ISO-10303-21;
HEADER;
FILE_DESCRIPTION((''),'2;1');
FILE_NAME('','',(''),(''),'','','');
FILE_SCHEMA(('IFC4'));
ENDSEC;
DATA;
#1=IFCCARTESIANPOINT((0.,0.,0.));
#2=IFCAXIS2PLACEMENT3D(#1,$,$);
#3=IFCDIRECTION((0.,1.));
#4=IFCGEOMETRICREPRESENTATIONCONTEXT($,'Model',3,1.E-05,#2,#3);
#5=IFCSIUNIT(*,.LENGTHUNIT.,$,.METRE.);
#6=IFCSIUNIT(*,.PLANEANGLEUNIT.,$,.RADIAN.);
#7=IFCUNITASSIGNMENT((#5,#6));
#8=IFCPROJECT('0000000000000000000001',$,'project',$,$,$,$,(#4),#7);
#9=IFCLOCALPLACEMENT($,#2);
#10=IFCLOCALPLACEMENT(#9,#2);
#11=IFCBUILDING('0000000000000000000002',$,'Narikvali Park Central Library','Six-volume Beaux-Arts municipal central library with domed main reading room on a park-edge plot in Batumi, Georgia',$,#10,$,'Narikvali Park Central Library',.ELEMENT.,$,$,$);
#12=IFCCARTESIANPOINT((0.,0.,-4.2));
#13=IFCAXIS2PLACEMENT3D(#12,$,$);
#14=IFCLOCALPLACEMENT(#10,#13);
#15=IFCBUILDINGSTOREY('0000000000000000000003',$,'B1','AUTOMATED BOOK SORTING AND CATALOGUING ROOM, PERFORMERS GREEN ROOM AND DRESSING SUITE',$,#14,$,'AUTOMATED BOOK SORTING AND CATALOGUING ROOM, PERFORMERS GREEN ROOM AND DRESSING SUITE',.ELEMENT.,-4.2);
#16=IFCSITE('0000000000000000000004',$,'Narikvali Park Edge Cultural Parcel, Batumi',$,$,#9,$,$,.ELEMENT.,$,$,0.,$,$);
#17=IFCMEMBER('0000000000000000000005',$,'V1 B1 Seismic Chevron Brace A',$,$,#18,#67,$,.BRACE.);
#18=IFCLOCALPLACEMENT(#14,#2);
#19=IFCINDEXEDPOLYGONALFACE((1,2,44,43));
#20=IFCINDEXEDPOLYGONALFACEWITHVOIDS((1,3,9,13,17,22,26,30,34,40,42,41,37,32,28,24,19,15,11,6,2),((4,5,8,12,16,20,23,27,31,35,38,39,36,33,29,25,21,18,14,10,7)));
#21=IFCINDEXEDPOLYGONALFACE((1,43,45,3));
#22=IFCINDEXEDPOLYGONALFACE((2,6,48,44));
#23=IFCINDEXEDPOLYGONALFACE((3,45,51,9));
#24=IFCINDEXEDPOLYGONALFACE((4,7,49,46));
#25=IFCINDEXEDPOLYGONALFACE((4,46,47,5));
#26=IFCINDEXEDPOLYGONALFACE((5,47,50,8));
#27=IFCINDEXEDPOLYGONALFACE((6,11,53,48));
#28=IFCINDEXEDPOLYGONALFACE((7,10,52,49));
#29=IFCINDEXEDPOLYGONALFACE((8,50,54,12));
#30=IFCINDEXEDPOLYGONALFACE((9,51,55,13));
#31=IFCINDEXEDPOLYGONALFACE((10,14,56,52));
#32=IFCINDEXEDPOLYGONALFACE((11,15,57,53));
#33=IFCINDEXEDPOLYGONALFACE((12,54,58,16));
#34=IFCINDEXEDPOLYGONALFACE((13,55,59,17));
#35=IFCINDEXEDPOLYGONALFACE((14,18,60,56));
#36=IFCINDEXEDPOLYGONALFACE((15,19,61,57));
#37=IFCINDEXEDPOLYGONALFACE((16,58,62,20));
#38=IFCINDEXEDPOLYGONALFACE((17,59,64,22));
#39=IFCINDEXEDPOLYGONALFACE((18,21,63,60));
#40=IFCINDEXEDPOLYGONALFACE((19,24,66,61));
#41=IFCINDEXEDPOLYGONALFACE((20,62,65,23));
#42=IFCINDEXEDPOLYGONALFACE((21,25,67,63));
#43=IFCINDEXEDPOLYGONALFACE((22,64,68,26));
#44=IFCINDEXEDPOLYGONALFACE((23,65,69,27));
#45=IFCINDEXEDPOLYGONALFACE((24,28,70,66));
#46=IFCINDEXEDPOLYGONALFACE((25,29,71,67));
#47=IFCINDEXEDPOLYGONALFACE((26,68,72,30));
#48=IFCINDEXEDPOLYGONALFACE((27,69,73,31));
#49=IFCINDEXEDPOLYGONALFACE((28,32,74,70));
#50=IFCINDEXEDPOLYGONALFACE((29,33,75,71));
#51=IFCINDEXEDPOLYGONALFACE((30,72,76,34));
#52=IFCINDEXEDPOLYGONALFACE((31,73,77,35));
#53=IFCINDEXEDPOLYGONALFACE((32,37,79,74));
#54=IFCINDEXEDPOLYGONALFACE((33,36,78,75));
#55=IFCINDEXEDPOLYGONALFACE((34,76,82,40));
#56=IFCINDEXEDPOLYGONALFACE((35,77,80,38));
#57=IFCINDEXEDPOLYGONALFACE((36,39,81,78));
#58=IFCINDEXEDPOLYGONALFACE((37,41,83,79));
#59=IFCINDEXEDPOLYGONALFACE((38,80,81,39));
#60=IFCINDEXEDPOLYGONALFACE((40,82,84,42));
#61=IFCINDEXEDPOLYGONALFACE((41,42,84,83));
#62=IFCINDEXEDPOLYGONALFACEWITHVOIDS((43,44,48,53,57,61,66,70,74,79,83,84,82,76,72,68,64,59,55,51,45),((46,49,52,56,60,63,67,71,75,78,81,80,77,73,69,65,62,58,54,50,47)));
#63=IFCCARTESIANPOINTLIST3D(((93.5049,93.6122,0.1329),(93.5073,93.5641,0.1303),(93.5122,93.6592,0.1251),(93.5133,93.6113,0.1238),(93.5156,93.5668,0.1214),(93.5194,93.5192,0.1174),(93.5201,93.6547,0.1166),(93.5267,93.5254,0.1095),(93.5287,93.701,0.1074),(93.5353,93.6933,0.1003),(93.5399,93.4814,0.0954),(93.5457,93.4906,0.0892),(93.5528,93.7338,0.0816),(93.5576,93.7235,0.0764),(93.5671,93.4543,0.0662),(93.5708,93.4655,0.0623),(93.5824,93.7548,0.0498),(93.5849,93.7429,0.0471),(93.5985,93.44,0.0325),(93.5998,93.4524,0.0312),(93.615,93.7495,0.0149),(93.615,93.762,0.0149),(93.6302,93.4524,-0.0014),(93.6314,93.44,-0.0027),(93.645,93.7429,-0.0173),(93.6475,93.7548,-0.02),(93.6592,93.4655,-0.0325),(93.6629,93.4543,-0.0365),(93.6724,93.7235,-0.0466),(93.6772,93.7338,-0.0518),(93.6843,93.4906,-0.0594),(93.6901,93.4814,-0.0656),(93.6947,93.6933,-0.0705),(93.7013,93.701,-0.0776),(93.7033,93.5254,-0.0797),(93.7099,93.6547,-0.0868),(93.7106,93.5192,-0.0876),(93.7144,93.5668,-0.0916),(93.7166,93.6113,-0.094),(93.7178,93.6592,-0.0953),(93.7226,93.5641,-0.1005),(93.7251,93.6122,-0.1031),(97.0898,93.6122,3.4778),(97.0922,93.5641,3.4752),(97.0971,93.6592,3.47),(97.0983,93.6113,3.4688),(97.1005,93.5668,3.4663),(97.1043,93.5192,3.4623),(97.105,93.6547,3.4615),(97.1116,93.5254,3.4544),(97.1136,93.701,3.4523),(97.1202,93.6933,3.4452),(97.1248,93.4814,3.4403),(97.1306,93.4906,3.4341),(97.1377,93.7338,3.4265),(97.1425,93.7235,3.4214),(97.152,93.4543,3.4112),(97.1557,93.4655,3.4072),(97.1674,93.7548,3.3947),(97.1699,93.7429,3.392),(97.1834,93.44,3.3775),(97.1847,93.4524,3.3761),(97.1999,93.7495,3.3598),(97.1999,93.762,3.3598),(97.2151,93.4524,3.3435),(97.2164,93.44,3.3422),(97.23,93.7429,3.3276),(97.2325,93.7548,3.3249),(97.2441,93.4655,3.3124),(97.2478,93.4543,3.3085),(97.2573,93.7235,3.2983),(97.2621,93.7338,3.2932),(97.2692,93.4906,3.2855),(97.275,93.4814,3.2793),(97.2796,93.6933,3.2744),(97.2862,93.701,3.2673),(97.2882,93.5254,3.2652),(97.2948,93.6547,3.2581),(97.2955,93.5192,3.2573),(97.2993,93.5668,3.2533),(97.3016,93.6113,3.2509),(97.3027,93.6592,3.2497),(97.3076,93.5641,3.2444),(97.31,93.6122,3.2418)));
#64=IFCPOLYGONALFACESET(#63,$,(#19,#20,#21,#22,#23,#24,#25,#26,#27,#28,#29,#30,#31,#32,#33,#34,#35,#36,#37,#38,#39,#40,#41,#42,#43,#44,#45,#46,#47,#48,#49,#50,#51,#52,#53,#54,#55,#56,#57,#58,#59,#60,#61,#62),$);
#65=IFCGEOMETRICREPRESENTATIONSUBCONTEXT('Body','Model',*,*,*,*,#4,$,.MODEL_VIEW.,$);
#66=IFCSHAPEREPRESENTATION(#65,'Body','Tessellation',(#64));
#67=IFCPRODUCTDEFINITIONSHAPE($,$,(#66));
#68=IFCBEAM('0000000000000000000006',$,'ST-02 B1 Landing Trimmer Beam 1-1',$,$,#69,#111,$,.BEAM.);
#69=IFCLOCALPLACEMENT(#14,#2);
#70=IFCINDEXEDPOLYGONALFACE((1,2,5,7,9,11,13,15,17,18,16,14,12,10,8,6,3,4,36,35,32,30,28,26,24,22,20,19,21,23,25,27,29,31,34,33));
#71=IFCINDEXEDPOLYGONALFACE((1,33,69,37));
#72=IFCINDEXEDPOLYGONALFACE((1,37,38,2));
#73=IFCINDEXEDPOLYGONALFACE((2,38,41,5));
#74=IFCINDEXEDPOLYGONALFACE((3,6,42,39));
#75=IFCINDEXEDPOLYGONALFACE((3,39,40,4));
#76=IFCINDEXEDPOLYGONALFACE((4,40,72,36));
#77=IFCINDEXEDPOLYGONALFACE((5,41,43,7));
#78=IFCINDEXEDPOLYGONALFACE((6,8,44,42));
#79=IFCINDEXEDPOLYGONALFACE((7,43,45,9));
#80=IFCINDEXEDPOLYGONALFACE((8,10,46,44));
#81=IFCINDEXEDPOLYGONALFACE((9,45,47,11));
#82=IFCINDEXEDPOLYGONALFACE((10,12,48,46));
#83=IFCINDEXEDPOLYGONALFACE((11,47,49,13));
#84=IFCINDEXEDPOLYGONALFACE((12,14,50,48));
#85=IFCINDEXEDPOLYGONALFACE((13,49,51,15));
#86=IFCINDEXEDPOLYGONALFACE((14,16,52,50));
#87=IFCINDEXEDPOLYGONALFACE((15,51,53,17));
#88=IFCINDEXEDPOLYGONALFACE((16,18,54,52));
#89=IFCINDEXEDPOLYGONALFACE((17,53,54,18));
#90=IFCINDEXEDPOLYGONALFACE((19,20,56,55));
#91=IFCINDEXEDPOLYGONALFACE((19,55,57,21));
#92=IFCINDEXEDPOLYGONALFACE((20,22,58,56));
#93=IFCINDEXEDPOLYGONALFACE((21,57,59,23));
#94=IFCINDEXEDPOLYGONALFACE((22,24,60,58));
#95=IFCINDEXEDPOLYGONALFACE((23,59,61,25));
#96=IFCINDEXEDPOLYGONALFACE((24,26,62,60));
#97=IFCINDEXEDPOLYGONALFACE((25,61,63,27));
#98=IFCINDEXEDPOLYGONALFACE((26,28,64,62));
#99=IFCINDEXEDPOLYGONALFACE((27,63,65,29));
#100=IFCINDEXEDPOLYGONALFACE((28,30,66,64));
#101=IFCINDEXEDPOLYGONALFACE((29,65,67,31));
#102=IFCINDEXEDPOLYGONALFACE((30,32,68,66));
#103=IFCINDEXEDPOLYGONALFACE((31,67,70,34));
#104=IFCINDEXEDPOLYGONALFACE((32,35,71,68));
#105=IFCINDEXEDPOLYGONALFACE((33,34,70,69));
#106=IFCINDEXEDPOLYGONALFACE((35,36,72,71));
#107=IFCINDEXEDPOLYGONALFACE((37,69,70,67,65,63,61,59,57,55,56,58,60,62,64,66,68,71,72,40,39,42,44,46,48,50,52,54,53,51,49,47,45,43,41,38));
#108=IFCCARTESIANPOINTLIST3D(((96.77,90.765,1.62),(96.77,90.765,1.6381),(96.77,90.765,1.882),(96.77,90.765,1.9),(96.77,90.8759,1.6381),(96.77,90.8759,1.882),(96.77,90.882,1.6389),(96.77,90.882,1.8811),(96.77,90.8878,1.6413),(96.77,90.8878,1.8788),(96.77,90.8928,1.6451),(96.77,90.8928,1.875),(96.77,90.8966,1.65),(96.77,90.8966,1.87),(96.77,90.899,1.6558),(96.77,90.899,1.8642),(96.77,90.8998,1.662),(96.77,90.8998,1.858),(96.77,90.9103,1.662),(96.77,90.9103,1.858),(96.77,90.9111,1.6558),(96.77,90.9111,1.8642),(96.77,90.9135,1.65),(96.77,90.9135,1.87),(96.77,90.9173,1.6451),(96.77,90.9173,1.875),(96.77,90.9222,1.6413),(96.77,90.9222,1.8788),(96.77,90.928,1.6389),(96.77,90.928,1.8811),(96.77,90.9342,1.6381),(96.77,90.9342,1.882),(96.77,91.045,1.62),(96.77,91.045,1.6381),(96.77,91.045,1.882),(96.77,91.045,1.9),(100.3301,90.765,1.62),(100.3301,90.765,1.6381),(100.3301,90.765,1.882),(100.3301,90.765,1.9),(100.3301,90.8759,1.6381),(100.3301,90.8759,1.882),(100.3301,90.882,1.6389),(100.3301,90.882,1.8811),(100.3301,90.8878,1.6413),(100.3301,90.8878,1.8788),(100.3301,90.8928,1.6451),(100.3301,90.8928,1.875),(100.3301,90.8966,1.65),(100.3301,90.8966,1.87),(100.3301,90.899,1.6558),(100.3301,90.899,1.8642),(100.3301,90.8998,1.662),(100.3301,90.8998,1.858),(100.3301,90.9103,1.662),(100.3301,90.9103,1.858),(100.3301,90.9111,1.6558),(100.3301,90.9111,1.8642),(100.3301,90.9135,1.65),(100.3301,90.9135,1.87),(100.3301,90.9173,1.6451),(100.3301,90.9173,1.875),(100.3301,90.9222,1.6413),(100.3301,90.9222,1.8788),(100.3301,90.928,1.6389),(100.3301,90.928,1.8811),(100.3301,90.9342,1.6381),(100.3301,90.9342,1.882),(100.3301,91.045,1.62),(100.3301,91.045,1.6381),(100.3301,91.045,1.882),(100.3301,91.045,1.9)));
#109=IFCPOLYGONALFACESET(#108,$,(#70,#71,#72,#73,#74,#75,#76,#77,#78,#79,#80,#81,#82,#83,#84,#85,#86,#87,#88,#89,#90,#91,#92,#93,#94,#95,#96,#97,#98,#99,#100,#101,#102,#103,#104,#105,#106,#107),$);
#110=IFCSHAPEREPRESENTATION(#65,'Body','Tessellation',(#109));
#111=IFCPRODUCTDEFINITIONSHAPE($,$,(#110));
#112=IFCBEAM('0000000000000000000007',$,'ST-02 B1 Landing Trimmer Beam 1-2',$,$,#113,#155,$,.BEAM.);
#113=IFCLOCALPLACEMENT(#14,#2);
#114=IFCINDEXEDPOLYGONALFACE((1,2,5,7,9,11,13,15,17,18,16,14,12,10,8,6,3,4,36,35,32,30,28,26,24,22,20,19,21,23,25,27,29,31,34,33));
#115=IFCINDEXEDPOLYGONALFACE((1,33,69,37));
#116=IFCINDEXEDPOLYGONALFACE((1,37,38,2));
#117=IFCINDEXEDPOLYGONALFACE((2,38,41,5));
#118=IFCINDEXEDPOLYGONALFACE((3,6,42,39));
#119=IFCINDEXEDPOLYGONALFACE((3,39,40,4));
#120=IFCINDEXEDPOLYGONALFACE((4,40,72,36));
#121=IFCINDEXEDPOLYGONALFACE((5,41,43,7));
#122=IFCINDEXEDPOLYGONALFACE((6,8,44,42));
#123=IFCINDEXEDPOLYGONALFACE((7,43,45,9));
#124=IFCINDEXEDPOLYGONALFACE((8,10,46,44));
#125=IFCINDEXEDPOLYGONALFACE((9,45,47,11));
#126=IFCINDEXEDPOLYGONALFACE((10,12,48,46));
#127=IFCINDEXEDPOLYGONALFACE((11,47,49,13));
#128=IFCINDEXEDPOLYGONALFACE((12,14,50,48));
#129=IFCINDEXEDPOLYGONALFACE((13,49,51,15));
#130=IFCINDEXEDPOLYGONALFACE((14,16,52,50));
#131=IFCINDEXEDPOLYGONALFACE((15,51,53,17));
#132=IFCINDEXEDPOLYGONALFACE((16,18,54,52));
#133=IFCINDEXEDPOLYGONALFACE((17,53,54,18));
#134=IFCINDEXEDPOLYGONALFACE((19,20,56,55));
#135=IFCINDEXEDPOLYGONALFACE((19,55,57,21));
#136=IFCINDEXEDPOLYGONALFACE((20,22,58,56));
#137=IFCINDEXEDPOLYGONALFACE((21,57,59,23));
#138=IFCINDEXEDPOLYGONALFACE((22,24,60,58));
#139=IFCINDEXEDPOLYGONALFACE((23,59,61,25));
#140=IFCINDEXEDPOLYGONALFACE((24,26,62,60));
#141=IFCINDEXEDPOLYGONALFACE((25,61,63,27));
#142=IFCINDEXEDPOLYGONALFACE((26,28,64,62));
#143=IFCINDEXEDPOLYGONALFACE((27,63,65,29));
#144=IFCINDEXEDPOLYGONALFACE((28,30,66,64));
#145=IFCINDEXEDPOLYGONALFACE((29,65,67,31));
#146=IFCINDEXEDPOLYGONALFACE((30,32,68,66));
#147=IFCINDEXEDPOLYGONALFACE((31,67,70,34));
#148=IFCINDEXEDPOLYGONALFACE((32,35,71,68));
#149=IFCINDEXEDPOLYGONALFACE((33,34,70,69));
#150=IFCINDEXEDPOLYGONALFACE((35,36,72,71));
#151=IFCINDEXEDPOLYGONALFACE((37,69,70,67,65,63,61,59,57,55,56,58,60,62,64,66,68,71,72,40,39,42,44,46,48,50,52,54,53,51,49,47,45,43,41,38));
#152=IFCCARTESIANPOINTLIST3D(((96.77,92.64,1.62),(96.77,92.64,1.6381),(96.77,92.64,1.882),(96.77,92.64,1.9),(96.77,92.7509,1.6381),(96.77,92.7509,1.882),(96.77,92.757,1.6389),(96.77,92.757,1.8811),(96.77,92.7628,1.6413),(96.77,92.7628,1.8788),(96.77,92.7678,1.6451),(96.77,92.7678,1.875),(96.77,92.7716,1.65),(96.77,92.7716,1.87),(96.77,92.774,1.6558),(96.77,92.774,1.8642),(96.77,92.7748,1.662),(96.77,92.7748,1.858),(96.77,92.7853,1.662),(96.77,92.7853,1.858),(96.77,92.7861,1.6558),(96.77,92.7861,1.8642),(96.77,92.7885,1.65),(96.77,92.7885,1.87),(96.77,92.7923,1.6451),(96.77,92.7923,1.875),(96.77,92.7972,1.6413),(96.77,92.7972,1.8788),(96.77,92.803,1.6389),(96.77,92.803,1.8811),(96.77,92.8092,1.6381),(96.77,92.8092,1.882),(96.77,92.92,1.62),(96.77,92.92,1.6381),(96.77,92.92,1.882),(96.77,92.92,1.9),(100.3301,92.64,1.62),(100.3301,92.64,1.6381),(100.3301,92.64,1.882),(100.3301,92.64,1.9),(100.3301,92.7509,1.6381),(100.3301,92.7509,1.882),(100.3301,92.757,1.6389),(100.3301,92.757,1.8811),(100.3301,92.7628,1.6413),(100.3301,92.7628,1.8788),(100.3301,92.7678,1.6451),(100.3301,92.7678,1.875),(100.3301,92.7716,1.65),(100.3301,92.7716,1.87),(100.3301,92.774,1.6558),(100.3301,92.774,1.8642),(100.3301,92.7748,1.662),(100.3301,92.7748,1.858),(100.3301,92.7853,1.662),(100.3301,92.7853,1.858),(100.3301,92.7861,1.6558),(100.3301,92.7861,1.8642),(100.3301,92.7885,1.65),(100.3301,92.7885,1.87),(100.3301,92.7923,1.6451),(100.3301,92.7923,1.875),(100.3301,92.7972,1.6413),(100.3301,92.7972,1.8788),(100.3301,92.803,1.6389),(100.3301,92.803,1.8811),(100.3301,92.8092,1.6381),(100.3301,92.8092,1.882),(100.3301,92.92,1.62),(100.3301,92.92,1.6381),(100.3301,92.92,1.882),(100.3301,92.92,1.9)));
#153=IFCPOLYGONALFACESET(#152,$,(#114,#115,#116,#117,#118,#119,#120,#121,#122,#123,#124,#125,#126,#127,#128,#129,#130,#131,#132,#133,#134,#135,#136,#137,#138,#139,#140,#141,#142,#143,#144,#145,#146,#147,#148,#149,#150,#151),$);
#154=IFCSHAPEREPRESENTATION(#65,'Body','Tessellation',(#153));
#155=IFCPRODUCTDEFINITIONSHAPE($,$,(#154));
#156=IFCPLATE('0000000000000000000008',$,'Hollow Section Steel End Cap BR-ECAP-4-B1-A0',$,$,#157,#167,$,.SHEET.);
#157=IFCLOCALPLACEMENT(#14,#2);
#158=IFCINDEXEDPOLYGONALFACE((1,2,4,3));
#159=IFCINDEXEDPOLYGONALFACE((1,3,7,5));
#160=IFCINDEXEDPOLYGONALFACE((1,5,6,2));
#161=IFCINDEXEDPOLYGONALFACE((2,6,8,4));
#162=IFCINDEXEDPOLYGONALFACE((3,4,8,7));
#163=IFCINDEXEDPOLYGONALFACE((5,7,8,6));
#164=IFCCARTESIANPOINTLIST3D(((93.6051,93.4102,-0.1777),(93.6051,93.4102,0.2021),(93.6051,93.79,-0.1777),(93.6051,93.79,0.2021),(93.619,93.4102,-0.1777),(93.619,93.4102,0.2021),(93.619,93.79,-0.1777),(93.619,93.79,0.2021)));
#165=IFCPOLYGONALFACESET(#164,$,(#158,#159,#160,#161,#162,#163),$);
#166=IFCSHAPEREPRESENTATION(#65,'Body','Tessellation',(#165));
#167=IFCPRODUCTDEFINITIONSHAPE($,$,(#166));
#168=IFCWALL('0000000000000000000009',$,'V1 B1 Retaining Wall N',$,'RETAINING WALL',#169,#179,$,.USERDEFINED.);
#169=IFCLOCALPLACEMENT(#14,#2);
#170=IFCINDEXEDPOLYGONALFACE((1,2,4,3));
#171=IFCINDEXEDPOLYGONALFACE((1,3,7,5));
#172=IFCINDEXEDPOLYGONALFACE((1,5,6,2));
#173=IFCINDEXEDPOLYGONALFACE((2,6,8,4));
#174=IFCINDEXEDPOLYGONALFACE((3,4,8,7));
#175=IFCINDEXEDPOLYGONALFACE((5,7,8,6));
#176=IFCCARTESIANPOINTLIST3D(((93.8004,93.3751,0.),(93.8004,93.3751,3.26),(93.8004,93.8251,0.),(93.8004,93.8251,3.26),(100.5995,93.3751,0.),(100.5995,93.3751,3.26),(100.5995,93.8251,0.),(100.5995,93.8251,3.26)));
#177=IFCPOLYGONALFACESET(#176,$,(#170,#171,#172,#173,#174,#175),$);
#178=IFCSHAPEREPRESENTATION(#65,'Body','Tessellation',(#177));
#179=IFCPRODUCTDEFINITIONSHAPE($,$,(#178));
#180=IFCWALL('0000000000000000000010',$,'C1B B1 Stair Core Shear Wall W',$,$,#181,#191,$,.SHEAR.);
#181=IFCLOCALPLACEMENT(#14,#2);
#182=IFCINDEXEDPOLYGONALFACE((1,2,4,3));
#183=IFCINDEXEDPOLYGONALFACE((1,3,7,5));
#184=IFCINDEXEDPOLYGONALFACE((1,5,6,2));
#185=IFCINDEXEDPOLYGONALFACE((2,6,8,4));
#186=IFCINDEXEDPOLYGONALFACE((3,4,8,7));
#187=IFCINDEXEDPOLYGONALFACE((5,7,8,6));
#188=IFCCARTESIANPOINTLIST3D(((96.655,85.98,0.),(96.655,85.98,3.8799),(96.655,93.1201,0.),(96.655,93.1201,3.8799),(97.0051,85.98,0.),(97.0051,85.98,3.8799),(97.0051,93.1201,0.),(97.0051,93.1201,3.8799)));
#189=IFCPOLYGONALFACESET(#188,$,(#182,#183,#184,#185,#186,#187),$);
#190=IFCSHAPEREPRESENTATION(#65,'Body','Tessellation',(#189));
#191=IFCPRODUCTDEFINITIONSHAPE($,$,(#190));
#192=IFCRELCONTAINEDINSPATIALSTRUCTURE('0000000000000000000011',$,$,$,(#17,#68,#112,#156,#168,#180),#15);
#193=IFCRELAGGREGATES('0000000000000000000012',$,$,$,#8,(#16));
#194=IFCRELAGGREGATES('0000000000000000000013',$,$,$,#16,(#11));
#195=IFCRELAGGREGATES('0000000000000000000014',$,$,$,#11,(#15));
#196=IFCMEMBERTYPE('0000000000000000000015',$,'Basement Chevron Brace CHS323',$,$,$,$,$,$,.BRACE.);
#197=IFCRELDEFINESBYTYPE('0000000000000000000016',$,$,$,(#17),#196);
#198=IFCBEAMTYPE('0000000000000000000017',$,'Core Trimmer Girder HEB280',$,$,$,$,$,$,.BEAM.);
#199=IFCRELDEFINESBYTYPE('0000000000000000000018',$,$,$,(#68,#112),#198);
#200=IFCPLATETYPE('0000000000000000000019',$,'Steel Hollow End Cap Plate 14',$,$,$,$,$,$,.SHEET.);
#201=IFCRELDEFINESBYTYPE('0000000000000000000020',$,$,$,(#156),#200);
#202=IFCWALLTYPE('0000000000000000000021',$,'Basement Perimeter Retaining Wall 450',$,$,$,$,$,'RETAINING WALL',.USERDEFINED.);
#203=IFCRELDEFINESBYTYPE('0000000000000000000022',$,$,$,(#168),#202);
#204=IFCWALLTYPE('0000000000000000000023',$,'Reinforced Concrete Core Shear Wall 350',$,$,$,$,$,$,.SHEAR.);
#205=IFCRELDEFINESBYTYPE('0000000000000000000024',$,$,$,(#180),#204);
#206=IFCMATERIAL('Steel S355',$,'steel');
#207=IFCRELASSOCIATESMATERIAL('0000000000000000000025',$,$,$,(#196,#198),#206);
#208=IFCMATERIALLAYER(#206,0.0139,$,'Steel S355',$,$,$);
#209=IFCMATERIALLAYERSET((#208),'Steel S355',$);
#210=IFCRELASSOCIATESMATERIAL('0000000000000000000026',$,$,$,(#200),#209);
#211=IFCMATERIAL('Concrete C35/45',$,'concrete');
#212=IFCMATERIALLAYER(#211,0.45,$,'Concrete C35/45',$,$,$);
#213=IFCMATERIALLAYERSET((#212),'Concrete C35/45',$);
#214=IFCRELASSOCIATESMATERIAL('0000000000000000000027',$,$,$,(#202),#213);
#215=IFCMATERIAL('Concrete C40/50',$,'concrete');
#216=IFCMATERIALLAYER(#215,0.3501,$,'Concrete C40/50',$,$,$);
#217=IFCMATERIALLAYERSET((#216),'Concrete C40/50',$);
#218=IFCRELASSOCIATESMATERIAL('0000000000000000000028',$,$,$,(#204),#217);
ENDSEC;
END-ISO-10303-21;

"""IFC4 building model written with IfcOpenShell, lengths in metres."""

from ifc_helpers import new_model, si_unit, direction, frame, frame_2d, origin, origin_2d, place, context, subcontext, project, spatial, rectangle, hollow_circle, i_section, extrude, material, layer, layer_set, material_profile, profile_set, type_object, element, save


model = new_model("IFC4")

# Units and contexts
model_context = context("Model", 3, precision=1e-05, world=origin(), true_north=direction((0.0, 1.0)))
body_context = subcontext(model_context, "Body", "Model", "MODEL_VIEW")
ifc_project = project(units=[si_unit("LENGTHUNIT", "METRE"), si_unit("PLANEANGLEUNIT", "RADIAN")], contexts=[model_context])

# Site, building, storey
site_placement = place(None, origin())
site = spatial("IfcSite", under=ifc_project, at=site_placement, Name="Narikvali Park Edge Cultural Parcel, Batumi", CompositionType="ELEMENT", RefElevation=0.0)
building_placement = place(site_placement, origin())
building = spatial("IfcBuilding", under=site, at=building_placement, Name="Narikvali Park Central Library", Description="Six-volume Beaux-Arts municipal central library with domed main reading room on a park-edge plot in Batumi, Georgia", LongName="Narikvali Park Central Library", CompositionType="ELEMENT")
storey_placement = place(building_placement, frame((0.0, 0.0, -4.2)))
storey = spatial("IfcBuildingStorey", under=building, at=storey_placement, Name="B1", Description="AUTOMATED BOOK SORTING AND CATALOGUING ROOM, PERFORMERS GREEN ROOM AND DRESSING SUITE", LongName="AUTOMATED BOOK SORTING AND CATALOGUING ROOM, PERFORMERS GREEN ROOM AND DRESSING SUITE", CompositionType="ELEMENT", Elevation=-4.2)

# Shared definitions
ifc_material_1 = material(Name="Concrete C35/45", Category="concrete")

# Shared definitions
ifc_material_2 = material(Name="Concrete C40/50", Category="concrete")
ifc_material_3 = material(Name="Steel S355", Category="steel")

# Member
ifc_material_profile_1 = material_profile(ifc_material_3, hollow_circle(Radius=0.1619, WallThickness=0.0125, at=origin_2d()), Name="CHS 323.9x12.5")
ifc_profile_set_1 = profile_set([ifc_material_profile_1], Name="Steel S355")
member_type = type_object("IfcMemberType", Name="Basement Chevron Brace CHS323", PredefinedType="BRACE", material=ifc_profile_set_1)
member_placement = place(storey_placement, frame((93.615, 93.6001, 0.0149), z_axis=(0.731156, 0.0, 0.68221), x_axis=(0.0, 1.0, 0.0)))
element("IfcMember", 1, at=member_placement, inside=storey, type_object=member_type, Name="V1 B1 Seismic Chevron Brace A", PredefinedType="BRACE", context=body_context, shape_type="SweptSolid", body=[
    extrude(hollow_circle(Radius=0.1619, WallThickness=0.0125, at=origin_2d()), origin(), (0.0, 0.0, 1.0), 4.9031),
])

# Beams
ifc_material_profile_2 = material_profile(ifc_material_3, i_section(OverallWidth=0.28, OverallDepth=0.28, WebThickness=0.0105, FlangeThickness=0.0181, FilletRadius=0.0239, at=origin_2d()), Name="HEB 280")
ifc_profile_set_2 = profile_set([ifc_material_profile_2], Name="Steel S355")
beam_type = type_object("IfcBeamType", Name="Core Trimmer Girder HEB280", PredefinedType="BEAM", material=ifc_profile_set_2)
for number, where, z_axis, x_axis, name in (
    (2, (96.77, 90.905, 1.76), (1.0, 0.0, 0.0), (0.0, 1.0, 0.0), "ST-02 B1 Landing Trimmer Beam 1-1"),
    (3, (96.77, 92.78, 1.76), (1.0, 0.0, 0.0), (0.0, 1.0, 0.0), "ST-02 B1 Landing Trimmer Beam 1-2"),
):
    element("IfcBeam", number, at=place(storey_placement, frame(where, z_axis=z_axis, x_axis=x_axis)), inside=storey, type_object=beam_type, Name=name, PredefinedType="BEAM", context=body_context, shape_type="SweptSolid", body=[
        extrude(i_section(OverallWidth=0.28, OverallDepth=0.28, WebThickness=0.0105, FlangeThickness=0.0181, FilletRadius=0.0239, at=origin_2d()), origin(), (0.0, 0.0, 1.0), 3.5601),
    ])

# Plate
ifc_layer_1 = layer(ifc_material_3, 0.0139, Name="Steel S355")
ifc_layer_set_1 = layer_set([ifc_layer_1], Name="Steel S355")
plate_type = type_object("IfcPlateType", Name="Steel Hollow End Cap Plate 14", PredefinedType="SHEET", material=ifc_layer_set_1)
plate_placement = place(storey_placement, frame((93.6121, 93.6001, -0.1777), z_axis=(0.0, 0.0, 1.0), x_axis=(-1.0, 0.0, 0.0)))
element("IfcPlate", 4, at=plate_placement, inside=storey, type_object=plate_type, Name="Hollow Section Steel End Cap BR-ECAP-4-B1-A0", PredefinedType="SHEET", context=body_context, shape_type="SweptSolid", body=[
    extrude(rectangle(XDim=0.0139, YDim=0.3799, at=origin_2d()), origin(), (0.0, 0.0, 1.0), 0.3799),
])

# Walls
ifc_layer_2 = layer(ifc_material_1, 0.45, Name="Concrete C35/45")
ifc_layer_set_2 = layer_set([ifc_layer_2], Name="Concrete C35/45")
wall_type_1 = type_object("IfcWallType", Name="Basement Perimeter Retaining Wall 450", ElementType="RETAINING WALL", PredefinedType="USERDEFINED", material=ifc_layer_set_2)
wall_1_placement = place(storey_placement, frame((93.8005, 93.6001, 0.0), z_axis=(0.0, 0.0, 1.0), x_axis=(1.0, 0.0, 0.0)))
element("IfcWall", 5, at=wall_1_placement, inside=storey, type_object=wall_type_1, Name="V1 B1 Retaining Wall N", ObjectType="RETAINING WALL", PredefinedType="USERDEFINED", context=body_context, shape_type="SweptSolid", body=[
    extrude(rectangle(XDim=6.7991, YDim=0.45, at=frame_2d((3.3994, 0.0))), origin(), (0.0, 0.0, 1.0), 3.26),
])
ifc_layer_3 = layer(ifc_material_2, 0.3501, Name="Concrete C40/50")
ifc_layer_set_3 = layer_set([ifc_layer_3], Name="Concrete C40/50")
wall_type_2 = type_object("IfcWallType", Name="Reinforced Concrete Core Shear Wall 350", PredefinedType="SHEAR", material=ifc_layer_set_3)
wall_2_placement = place(storey_placement, frame((96.8301, 93.1201, 0.0), z_axis=(0.0, 0.0, 1.0), x_axis=(0.0, -1.0, 0.0)))
element("IfcWall", 6, at=wall_2_placement, inside=storey, type_object=wall_type_2, Name="C1B B1 Stair Core Shear Wall W", PredefinedType="SHEAR", context=body_context, shape_type="SweptSolid", body=[
    extrude(rectangle(XDim=7.1401, YDim=0.3501, at=frame_2d((3.5701, 0.0))), origin(), (0.0, 0.0, 1.0), 3.8799),
])

save(model, "model.ifc")
